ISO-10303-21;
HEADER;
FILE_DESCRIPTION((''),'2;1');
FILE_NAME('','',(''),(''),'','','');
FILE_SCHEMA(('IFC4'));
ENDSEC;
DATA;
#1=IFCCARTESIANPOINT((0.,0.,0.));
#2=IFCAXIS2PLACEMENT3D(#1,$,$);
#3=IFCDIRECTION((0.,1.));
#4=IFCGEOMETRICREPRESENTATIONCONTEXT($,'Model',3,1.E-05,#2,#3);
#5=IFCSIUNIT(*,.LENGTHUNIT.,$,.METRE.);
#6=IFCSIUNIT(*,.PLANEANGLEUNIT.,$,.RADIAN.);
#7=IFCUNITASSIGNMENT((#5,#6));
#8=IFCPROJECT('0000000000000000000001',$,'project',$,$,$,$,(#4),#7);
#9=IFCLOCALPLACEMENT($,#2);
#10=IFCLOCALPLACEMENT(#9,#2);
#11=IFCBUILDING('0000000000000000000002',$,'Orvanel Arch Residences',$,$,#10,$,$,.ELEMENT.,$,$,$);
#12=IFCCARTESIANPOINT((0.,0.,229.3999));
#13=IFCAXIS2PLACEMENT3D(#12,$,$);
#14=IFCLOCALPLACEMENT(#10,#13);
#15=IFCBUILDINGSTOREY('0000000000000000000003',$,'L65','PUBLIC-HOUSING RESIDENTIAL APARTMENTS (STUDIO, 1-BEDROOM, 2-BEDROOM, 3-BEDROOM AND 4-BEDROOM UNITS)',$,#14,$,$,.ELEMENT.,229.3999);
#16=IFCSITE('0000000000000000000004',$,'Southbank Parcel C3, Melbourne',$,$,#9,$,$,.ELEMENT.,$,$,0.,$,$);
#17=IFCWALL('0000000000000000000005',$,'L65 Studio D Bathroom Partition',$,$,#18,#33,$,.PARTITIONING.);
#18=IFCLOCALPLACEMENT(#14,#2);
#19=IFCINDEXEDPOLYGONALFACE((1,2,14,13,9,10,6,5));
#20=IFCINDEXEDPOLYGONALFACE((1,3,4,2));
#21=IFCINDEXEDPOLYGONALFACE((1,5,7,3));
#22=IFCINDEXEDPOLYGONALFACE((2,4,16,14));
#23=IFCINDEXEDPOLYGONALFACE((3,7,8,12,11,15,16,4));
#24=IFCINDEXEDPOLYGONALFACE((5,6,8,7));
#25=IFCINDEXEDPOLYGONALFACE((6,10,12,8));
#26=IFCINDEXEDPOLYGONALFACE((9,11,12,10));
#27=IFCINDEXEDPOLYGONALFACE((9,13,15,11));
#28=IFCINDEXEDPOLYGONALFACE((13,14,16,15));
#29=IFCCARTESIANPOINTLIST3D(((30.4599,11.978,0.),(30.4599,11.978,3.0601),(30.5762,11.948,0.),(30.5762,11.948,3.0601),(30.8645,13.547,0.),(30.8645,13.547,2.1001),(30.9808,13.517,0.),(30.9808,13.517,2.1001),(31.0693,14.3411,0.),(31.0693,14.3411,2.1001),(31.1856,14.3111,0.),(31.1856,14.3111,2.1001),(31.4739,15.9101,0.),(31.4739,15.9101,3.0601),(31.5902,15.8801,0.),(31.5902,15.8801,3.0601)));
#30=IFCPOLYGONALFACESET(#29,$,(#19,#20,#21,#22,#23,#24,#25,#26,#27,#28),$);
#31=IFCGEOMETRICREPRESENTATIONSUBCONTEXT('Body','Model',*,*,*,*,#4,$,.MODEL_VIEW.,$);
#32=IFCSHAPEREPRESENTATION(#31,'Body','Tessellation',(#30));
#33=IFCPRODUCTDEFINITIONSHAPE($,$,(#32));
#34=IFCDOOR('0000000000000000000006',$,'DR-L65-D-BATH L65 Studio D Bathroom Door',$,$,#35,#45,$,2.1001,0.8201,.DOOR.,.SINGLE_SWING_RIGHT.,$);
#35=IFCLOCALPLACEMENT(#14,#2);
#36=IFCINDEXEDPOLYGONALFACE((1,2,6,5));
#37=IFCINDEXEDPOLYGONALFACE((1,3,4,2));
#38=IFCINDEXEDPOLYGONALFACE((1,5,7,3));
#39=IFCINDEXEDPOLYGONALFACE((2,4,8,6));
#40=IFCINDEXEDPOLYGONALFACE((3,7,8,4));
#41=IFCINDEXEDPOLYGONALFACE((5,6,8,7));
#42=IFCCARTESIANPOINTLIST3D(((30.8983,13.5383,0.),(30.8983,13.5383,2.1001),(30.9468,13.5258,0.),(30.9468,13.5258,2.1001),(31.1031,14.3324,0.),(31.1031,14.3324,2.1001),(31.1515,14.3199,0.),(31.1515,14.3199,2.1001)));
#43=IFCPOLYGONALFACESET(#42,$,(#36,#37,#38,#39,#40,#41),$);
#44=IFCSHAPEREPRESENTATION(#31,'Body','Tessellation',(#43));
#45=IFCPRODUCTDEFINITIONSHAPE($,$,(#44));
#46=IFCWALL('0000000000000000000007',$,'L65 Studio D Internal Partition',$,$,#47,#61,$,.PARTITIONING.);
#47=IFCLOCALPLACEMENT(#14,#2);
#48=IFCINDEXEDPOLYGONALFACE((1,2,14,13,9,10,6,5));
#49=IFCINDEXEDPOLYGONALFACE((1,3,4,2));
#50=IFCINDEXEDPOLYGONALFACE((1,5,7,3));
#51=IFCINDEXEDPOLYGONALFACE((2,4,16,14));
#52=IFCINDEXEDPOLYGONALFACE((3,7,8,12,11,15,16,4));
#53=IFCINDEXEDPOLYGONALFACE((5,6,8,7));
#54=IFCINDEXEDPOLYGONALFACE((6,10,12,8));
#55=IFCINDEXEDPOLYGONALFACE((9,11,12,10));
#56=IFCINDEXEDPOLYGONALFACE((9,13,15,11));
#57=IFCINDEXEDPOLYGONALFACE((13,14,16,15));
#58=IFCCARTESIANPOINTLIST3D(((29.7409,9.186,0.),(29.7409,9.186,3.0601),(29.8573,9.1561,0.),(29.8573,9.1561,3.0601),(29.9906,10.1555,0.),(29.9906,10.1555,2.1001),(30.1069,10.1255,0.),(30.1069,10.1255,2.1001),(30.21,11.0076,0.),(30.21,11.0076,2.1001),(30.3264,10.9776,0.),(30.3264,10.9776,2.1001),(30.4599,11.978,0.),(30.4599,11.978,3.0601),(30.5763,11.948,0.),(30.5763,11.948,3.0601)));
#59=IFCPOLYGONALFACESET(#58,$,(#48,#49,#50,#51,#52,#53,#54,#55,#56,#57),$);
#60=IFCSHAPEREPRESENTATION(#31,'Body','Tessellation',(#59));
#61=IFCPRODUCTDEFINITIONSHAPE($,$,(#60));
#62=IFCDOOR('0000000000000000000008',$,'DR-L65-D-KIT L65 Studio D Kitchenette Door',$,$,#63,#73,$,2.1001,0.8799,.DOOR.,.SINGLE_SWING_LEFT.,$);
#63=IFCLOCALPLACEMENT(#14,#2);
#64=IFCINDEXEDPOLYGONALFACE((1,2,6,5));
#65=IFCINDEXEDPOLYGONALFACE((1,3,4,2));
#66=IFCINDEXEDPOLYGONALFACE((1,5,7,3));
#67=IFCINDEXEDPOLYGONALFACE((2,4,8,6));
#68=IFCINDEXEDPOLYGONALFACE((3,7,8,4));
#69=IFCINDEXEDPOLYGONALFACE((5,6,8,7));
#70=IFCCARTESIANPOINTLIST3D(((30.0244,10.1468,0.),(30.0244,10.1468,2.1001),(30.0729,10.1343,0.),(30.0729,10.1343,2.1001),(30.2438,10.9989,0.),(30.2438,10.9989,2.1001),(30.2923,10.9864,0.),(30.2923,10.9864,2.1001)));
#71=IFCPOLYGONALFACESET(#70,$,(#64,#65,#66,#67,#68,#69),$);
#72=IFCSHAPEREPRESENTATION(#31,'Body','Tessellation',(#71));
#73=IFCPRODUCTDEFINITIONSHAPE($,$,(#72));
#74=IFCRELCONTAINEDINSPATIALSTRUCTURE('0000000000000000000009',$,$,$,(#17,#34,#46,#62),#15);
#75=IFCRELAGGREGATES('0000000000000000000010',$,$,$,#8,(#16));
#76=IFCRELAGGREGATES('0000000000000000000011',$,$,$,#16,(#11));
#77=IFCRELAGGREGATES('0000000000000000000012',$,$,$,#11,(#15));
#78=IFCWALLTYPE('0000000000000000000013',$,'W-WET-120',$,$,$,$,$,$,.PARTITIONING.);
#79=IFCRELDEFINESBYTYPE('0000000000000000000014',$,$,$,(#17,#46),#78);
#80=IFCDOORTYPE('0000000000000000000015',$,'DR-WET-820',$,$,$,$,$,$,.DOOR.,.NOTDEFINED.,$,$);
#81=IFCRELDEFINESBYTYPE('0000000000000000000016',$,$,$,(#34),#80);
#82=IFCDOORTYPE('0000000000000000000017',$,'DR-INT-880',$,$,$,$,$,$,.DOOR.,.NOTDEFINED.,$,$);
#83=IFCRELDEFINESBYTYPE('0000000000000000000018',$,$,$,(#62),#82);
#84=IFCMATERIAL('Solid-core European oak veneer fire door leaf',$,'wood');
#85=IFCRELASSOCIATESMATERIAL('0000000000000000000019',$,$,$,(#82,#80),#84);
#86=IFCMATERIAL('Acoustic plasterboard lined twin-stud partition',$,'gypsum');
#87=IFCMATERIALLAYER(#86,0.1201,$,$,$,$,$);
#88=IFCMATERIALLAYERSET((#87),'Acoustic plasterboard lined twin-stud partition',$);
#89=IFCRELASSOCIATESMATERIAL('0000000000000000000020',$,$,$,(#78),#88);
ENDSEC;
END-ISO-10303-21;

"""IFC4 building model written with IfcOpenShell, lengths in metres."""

from ifc_helpers import new_model, si_unit, direction, frame, frame_2d, origin, place, context, subcontext, project, spatial, rectangle, extrude, material, layer, layer_set, type_object, element, fill, save


model = new_model("IFC4")

# Units and contexts
model_context = context("Model", 3, precision=1e-05, world=origin(), true_north=direction((0.0, 1.0)))
body_context = subcontext(model_context, "Body", "Model", "MODEL_VIEW")
ifc_project = project(units=[si_unit("LENGTHUNIT", "METRE"), si_unit("PLANEANGLEUNIT", "RADIAN")], contexts=[model_context])

# Site, building, storey
site_placement = place(None, origin())
site = spatial("IfcSite", under=ifc_project, at=site_placement, Name="Southbank Parcel C3, Melbourne", CompositionType="ELEMENT", RefElevation=0.0)
building_placement = place(site_placement, origin())
building = spatial("IfcBuilding", under=site, at=building_placement, Name="Orvanel Arch Residences", CompositionType="ELEMENT")
storey_placement = place(building_placement, frame((0.0, 0.0, 229.3999)))
storey = spatial("IfcBuildingStorey", under=building, at=storey_placement, Name="L65", Description="PUBLIC-HOUSING RESIDENTIAL APARTMENTS (STUDIO, 1-BEDROOM, 2-BEDROOM, 3-BEDROOM AND 4-BEDROOM UNITS)", CompositionType="ELEMENT", Elevation=229.3999)

# Shared definitions
ifc_material_1 = material(Name="Solid-core European oak veneer fire door leaf", Category="wood")
door_type_1 = type_object("IfcDoorType", Name="DR-INT-880", OperationType="NOTDEFINED", PredefinedType="DOOR", material=ifc_material_1)

# Shared definitions
ifc_material_2 = material(Name="Acoustic plasterboard lined twin-stud partition", Category="gypsum")

# Shared definitions
ifc_layer_1 = layer(ifc_material_2, 0.1201)
ifc_layer_set_1 = layer_set([ifc_layer_1], Name="Acoustic plasterboard lined twin-stud partition")
wall_type_1 = type_object("IfcWallType", Name="W-WET-120", PredefinedType="PARTITIONING", material=ifc_layer_set_1)

# Shared definitions
door_type_2 = type_object("IfcDoorType", Name="DR-WET-820", OperationType="NOTDEFINED", PredefinedType="DOOR", material=ifc_material_1)

# Walls, openings, doors
wall_1_placement = place(storey_placement, frame((31.532, 15.895, 0.0), z_axis=(0.0, 0.0, 1.0), x_axis=(-0.249687, -0.968327, 0.0)))
wall_1 = element("IfcWall", 1, at=wall_1_placement, inside=storey, type_object=wall_type_1, Name="L65 Studio D Bathroom Partition", PredefinedType="PARTITIONING", context=body_context, shape_type="SweptSolid", body=[
    extrude(rectangle(XDim=4.0608, YDim=0.1201, at=frame_2d((2.0303, 0.0))), origin(), (0.0, 0.0, 1.0), 3.0601),
])
opening_1_placement = place(wall_1_placement, frame((1.6201, 0.0, 0.0)))
opening_1 = element("IfcOpeningElement", 2, at=opening_1_placement, cuts=wall_1, PredefinedType="OPENING", context=body_context, shape_type="SweptSolid", body=[
    extrude(rectangle(XDim=0.8201, YDim=2.1001, at=frame_2d((0.4102, 1.05))), frame((0.0, 0.0701, 0.0), z_axis=(0.0, -1.0, 0.0), x_axis=(1.0, 0.0, 0.0)), (0.0, 0.0, 1.0), 0.1401),
])
door_1_placement = place(opening_1_placement, origin())
door_1 = element("IfcDoor", 3, at=door_1_placement, inside=storey, type_object=door_type_2, Name="DR-L65-D-BATH L65 Studio D Bathroom Door", OperationType="SINGLE_SWING_RIGHT", OverallHeight=2.1001, OverallWidth=0.8201, PredefinedType="DOOR", context=body_context, shape_type="SweptSolid", body=[
    extrude(rectangle(XDim=0.8201, YDim=2.1001, at=frame_2d((0.4102, 1.05))), frame((0.0, 0.0249, 0.0), z_axis=(0.0, -1.0, 0.0), x_axis=(1.0, 0.0, 0.0)), (0.0, 0.0, 1.0), 0.05),
])
fill(opening_1, door_1)
wall_2_placement = place(storey_placement, frame((30.5181, 11.9629, 0.0), z_axis=(0.0, 0.0, 1.0), x_axis=(-0.249384, -0.968405, 0.0)))
wall_2 = element("IfcWall", 4, at=wall_2_placement, inside=storey, type_object=wall_type_1, Name="L65 Studio D Internal Partition", PredefinedType="PARTITIONING", context=body_context, shape_type="SweptSolid", body=[
    extrude(rectangle(XDim=2.8831, YDim=0.1201, at=frame_2d((1.4414, 0.0))), origin(), (0.0, 0.0, 1.0), 3.0601),
])
opening_2_placement = place(wall_2_placement, frame((1.002, 0.0, 0.0)))
opening_2 = element("IfcOpeningElement", 5, at=opening_2_placement, cuts=wall_2, PredefinedType="OPENING", context=body_context, shape_type="SweptSolid", body=[
    extrude(rectangle(XDim=0.8799, YDim=2.1001, at=frame_2d((0.4399, 1.05))), frame((0.0, 0.0701, 0.0), z_axis=(0.0, -1.0, 0.0), x_axis=(1.0, 0.0, 0.0)), (0.0, 0.0, 1.0), 0.1401),
])
door_2_placement = place(opening_2_placement, origin())
door_2 = element("IfcDoor", 6, at=door_2_placement, inside=storey, type_object=door_type_1, Name="DR-L65-D-KIT L65 Studio D Kitchenette Door", OperationType="SINGLE_SWING_LEFT", OverallHeight=2.1001, OverallWidth=0.8799, PredefinedType="DOOR", context=body_context, shape_type="SweptSolid", body=[
    extrude(rectangle(XDim=0.8799, YDim=2.1001, at=frame_2d((0.4399, 1.05))), frame((0.0, 0.0249, 0.0), z_axis=(0.0, -1.0, 0.0), x_axis=(1.0, 0.0, 0.0)), (0.0, 0.0, 1.0), 0.05),
])
fill(opening_2, door_2)

save(model, "model.ifc")
